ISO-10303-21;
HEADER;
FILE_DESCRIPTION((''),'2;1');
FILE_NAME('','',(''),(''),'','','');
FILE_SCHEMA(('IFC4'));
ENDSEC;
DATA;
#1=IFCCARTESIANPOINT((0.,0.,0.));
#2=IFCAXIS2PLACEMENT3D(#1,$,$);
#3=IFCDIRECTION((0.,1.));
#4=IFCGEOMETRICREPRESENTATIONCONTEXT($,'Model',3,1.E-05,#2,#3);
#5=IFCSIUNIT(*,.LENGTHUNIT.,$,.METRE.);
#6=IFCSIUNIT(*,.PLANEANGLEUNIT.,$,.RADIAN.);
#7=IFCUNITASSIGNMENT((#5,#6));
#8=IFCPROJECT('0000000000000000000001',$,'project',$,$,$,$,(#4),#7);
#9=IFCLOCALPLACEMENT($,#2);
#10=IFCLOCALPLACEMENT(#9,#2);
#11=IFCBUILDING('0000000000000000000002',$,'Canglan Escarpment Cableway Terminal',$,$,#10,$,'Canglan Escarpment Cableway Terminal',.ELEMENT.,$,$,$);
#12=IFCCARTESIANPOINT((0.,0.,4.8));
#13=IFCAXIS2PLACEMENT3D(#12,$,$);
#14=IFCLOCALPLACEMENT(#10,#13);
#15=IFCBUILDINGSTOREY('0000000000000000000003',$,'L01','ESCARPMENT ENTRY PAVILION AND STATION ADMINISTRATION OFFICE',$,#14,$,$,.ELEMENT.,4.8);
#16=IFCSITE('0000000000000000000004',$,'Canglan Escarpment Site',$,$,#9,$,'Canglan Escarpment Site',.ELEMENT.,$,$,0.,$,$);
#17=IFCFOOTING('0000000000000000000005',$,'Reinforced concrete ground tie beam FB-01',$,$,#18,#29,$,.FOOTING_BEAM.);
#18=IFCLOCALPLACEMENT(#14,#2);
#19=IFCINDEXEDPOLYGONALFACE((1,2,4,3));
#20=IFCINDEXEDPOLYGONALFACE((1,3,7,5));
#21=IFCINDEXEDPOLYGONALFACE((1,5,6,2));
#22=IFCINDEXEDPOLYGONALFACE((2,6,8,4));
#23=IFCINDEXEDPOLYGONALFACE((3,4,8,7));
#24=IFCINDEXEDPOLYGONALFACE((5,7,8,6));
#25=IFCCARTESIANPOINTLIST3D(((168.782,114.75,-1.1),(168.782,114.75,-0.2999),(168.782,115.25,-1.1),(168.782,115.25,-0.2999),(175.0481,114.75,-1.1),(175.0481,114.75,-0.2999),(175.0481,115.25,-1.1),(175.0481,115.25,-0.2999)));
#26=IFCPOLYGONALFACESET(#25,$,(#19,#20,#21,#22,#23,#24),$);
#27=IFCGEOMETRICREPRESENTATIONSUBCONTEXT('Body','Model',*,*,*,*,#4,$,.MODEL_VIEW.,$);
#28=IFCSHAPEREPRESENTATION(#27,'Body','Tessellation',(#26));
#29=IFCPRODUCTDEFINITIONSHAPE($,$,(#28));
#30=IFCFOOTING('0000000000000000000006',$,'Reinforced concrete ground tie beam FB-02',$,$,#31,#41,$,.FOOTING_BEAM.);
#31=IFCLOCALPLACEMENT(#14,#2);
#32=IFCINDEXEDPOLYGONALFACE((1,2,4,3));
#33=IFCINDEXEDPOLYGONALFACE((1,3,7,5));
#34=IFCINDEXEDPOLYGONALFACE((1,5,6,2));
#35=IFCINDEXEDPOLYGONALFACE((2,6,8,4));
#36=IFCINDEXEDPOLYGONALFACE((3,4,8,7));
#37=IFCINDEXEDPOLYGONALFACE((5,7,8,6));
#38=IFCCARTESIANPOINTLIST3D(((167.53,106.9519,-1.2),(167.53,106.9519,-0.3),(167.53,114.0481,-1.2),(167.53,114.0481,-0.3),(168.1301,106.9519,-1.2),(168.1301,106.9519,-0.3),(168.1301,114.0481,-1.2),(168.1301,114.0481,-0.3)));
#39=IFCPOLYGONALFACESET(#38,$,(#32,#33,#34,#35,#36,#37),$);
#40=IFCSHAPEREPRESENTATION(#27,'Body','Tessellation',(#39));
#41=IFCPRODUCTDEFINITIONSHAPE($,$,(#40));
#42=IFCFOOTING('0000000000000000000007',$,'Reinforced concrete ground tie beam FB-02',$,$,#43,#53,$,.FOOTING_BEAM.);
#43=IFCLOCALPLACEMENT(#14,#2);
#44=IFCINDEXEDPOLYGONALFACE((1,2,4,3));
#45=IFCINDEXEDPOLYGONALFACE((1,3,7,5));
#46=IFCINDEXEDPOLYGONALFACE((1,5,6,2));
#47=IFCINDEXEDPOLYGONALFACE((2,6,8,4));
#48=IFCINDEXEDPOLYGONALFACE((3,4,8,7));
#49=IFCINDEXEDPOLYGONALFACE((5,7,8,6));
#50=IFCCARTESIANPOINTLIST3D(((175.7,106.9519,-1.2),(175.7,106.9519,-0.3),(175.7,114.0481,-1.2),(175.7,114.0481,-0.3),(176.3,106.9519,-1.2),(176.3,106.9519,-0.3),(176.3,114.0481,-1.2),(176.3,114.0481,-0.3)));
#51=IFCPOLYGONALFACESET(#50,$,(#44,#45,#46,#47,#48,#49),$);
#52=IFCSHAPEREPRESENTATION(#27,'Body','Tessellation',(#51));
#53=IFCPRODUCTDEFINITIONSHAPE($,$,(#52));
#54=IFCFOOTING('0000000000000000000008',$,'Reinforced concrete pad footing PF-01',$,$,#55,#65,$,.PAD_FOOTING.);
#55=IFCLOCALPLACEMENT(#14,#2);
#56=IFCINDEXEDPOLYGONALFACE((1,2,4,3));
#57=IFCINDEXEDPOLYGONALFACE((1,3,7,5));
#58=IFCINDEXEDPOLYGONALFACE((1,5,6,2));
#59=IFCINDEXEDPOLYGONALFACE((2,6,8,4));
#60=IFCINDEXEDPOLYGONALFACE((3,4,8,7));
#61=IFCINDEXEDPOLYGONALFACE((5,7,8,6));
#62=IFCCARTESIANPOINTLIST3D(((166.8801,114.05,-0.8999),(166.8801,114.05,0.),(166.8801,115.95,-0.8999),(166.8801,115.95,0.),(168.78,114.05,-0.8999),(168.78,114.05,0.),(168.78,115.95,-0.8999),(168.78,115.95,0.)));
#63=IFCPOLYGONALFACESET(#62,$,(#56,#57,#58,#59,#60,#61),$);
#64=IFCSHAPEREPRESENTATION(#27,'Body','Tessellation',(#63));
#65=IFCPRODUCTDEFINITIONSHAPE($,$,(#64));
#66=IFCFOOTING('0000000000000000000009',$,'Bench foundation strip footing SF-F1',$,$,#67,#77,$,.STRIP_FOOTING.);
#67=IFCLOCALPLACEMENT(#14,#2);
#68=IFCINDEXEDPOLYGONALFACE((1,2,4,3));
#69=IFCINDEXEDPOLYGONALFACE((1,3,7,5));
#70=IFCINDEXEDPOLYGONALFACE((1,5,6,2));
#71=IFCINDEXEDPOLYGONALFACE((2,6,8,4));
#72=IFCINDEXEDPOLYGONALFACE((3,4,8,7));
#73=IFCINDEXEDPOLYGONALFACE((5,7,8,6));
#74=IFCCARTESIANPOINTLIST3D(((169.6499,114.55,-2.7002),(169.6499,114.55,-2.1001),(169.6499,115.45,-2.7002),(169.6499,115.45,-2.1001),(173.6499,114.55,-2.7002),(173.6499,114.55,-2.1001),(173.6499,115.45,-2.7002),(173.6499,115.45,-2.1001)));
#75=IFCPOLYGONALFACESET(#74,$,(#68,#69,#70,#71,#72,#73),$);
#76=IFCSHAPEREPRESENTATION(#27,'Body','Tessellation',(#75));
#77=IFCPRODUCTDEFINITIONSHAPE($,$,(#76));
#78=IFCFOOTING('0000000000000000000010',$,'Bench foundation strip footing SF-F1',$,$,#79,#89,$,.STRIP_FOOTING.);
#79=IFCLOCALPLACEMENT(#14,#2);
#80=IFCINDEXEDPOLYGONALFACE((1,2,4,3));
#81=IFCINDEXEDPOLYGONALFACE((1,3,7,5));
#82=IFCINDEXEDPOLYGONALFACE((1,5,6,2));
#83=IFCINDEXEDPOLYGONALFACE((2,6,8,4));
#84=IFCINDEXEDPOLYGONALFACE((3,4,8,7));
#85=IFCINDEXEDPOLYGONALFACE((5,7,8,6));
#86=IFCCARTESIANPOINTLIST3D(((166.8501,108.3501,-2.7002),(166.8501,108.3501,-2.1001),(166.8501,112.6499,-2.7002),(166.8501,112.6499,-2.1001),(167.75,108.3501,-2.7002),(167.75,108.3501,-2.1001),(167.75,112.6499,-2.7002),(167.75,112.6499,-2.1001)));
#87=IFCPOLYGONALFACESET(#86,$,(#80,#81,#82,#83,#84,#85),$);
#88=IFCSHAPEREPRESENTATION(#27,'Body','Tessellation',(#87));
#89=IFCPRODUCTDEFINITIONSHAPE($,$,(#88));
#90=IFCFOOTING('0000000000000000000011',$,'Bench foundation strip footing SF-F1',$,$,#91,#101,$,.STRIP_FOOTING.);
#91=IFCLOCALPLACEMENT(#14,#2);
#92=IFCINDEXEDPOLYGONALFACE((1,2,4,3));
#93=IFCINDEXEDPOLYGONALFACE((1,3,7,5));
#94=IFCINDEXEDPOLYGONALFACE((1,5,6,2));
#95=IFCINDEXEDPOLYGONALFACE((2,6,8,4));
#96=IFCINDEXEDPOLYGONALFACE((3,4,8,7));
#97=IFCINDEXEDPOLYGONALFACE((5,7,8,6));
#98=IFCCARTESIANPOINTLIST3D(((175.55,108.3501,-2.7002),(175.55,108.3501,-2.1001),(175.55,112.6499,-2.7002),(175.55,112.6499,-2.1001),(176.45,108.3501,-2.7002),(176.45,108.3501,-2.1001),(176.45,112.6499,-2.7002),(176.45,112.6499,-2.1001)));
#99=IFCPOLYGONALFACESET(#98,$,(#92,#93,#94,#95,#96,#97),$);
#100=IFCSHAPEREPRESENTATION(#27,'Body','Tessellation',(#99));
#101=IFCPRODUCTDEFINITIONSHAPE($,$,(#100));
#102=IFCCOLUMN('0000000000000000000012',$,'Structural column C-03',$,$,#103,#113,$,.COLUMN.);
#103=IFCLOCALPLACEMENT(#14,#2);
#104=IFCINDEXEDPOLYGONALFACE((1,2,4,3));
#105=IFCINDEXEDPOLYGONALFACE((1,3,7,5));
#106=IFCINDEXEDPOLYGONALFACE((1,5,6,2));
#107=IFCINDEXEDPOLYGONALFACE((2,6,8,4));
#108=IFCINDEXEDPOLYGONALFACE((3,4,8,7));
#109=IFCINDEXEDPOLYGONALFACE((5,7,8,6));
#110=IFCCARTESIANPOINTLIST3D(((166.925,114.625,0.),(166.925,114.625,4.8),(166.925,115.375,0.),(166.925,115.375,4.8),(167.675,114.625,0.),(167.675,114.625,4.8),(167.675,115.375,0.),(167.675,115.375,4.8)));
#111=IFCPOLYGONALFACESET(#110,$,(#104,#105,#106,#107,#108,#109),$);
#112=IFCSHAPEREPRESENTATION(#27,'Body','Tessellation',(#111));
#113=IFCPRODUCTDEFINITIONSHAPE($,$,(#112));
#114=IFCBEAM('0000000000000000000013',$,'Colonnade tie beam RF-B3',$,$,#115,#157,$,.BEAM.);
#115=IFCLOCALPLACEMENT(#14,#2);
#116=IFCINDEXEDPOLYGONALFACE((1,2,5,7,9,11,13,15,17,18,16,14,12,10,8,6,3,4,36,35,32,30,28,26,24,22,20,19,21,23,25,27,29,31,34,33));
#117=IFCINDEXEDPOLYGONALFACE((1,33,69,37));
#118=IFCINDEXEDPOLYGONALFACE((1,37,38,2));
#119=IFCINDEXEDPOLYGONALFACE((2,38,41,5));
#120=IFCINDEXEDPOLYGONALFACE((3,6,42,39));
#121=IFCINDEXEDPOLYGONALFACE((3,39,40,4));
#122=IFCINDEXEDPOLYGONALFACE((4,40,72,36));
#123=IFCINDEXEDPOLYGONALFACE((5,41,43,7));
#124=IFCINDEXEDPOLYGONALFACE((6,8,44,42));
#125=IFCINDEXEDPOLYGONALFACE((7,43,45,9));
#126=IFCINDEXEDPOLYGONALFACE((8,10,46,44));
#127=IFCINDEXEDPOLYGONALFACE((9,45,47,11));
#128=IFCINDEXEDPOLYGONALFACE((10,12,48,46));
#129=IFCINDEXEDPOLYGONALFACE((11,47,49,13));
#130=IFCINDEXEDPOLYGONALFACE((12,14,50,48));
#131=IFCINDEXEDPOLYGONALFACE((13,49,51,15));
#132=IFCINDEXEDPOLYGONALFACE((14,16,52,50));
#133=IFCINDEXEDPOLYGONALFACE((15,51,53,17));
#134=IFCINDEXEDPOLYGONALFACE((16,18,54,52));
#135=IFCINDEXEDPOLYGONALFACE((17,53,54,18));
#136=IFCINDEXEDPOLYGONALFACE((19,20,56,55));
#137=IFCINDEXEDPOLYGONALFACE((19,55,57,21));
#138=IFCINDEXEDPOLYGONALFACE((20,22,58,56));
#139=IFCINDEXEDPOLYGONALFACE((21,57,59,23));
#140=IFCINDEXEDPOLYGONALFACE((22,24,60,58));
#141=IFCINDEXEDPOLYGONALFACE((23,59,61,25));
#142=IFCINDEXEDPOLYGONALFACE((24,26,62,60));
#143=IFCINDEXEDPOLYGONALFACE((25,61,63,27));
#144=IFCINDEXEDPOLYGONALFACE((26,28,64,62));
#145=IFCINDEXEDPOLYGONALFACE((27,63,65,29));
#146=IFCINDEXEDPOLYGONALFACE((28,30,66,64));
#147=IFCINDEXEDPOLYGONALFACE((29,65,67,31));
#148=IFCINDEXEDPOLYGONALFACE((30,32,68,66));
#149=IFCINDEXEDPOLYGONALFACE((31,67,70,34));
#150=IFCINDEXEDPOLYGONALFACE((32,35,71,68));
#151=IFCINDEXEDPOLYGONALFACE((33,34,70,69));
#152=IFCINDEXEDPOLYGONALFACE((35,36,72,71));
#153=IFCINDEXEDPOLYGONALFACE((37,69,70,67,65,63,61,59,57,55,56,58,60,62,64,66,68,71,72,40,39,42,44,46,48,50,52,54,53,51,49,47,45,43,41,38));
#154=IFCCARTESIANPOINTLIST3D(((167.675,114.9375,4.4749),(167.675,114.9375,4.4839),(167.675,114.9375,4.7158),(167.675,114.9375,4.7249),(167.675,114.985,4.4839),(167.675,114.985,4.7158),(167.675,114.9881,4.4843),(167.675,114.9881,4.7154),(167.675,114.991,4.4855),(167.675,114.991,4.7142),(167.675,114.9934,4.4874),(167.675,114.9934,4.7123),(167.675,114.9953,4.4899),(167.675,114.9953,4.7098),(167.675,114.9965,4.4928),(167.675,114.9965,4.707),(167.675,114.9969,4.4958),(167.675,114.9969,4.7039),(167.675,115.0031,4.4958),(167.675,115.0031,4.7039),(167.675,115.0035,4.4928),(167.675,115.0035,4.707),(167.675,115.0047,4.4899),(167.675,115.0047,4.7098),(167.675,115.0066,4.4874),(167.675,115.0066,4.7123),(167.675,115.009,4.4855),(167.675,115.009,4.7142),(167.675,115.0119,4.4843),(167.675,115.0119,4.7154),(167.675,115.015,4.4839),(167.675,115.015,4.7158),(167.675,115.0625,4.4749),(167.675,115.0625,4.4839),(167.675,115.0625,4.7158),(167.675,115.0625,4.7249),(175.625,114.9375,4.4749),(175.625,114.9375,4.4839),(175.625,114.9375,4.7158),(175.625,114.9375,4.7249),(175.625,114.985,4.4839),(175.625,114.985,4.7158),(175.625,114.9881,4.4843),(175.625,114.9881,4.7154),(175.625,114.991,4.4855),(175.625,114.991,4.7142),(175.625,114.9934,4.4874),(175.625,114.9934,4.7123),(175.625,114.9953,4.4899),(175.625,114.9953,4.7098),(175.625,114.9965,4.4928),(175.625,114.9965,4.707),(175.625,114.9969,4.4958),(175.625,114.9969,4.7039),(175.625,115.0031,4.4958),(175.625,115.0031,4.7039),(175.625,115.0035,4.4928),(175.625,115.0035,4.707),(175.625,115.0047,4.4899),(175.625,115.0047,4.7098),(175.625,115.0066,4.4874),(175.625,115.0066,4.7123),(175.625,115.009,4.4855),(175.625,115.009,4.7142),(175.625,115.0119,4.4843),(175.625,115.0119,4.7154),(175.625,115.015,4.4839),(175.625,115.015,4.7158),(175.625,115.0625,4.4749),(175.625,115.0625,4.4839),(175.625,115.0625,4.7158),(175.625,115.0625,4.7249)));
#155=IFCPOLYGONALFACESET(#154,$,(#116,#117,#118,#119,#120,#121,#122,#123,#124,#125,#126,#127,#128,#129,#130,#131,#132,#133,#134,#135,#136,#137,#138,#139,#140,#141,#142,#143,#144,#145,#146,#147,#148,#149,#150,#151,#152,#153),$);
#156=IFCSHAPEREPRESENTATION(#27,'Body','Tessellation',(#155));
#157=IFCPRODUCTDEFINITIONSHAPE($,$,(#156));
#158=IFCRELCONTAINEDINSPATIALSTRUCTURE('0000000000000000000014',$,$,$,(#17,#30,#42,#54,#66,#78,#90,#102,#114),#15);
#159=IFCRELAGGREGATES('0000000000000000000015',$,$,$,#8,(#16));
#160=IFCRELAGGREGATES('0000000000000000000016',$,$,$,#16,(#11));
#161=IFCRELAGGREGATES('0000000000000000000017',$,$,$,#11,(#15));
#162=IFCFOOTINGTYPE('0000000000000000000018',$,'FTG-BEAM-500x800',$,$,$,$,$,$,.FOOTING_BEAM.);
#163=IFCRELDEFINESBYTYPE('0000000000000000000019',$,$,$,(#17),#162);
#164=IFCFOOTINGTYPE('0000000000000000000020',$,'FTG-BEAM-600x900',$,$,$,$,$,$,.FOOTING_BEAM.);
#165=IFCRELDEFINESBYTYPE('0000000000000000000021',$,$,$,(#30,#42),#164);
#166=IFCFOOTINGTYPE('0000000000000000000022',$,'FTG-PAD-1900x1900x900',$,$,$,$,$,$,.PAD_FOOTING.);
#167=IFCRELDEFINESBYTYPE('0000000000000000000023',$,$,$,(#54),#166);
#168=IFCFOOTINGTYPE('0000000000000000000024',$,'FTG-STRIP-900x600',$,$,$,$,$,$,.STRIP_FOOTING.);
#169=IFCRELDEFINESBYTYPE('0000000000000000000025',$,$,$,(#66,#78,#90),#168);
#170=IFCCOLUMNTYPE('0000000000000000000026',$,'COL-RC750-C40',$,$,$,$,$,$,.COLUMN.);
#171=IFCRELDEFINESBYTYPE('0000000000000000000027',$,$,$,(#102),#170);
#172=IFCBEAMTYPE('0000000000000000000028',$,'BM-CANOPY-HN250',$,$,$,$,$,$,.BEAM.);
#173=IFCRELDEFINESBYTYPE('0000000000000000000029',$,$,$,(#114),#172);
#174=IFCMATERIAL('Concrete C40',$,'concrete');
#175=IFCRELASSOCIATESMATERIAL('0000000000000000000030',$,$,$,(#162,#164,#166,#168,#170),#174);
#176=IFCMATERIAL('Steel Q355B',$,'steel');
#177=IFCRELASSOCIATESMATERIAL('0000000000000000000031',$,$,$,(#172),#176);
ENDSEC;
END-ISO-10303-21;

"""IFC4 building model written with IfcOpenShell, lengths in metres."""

from ifc_helpers import new_model, si_unit, direction, frame, origin, origin_2d, place, context, subcontext, project, spatial, rectangle, i_section, extrude, material, material_profile, profile_set, type_object, element, save


model = new_model("IFC4")

# Units and contexts
model_context = context("Model", 3, precision=1e-05, world=origin(), true_north=direction((0.0, 1.0)))
body_context = subcontext(model_context, "Body", "Model", "MODEL_VIEW")
ifc_project = project(units=[si_unit("LENGTHUNIT", "METRE"), si_unit("PLANEANGLEUNIT", "RADIAN")], contexts=[model_context])

# Site, building, storey
site_placement = place(None, origin())
site = spatial("IfcSite", under=ifc_project, at=site_placement, Name="Canglan Escarpment Site", LongName="Canglan Escarpment Site", CompositionType="ELEMENT", RefElevation=0.0)
building_placement = place(site_placement, origin())
building = spatial("IfcBuilding", under=site, at=building_placement, Name="Canglan Escarpment Cableway Terminal", LongName="Canglan Escarpment Cableway Terminal", CompositionType="ELEMENT")
storey_placement = place(building_placement, frame((0.0, 0.0, 4.8)))
storey = spatial("IfcBuildingStorey", under=building, at=storey_placement, Name="L01", Description="ESCARPMENT ENTRY PAVILION AND STATION ADMINISTRATION OFFICE", CompositionType="ELEMENT", Elevation=4.8)

# Footings
ifc_material_1 = material(Name="Concrete C40", Category="concrete")
ifc_material_profile_1 = material_profile(ifc_material_1, rectangle(XDim=0.5, YDim=0.8, at=origin_2d()), Name="FB 500x800")
ifc_profile_set_1 = profile_set([ifc_material_profile_1], Name="Concrete C40")
footing_type_1 = type_object("IfcFootingType", Name="FTG-BEAM-500x800", PredefinedType="FOOTING_BEAM", material=ifc_profile_set_1)
footing_1_placement = place(storey_placement, frame((168.782, 115.0, -0.7), z_axis=(1.0, 0.0, 0.0), x_axis=(0.0, 1.0, 0.0)))
element("IfcFooting", 1, at=footing_1_placement, inside=storey, type_object=footing_type_1, Name="Reinforced concrete ground tie beam FB-01", PredefinedType="FOOTING_BEAM", context=body_context, shape_type="SweptSolid", body=[
    extrude(rectangle(XDim=0.5, YDim=0.8, at=origin_2d()), origin(), (0.0, 0.0, 1.0), 6.2661),
])
ifc_material_profile_2 = material_profile(ifc_material_1, rectangle(XDim=0.6001, YDim=0.8999, at=origin_2d()), Name="FB 600x900")
ifc_profile_set_2 = profile_set([ifc_material_profile_2], Name="Concrete C40")
footing_type_2 = type_object("IfcFootingType", Name="FTG-BEAM-600x900", PredefinedType="FOOTING_BEAM", material=ifc_profile_set_2)
for number, where, z_axis, x_axis, name in (
    (2, (167.8301, 106.9519, -0.75), (0.0, 1.0, 0.0), (-1.0, 0.0, 0.0), "Reinforced concrete ground tie beam FB-02"),
    (3, (176.0, 106.9519, -0.75), (0.0, 1.0, 0.0), (-1.0, 0.0, 0.0), "Reinforced concrete ground tie beam FB-02"),
):
    element("IfcFooting", number, at=place(storey_placement, frame(where, z_axis=z_axis, x_axis=x_axis)), inside=storey, type_object=footing_type_2, Name=name, PredefinedType="FOOTING_BEAM", context=body_context, shape_type="SweptSolid", body=[
        extrude(rectangle(XDim=0.6001, YDim=0.8999, at=origin_2d()), origin(), (0.0, 0.0, 1.0), 7.0962),
    ])
footing_type_3 = type_object("IfcFootingType", Name="FTG-PAD-1900x1900x900", PredefinedType="PAD_FOOTING", material=ifc_material_1)
footing_2_placement = place(storey_placement, frame((167.8301, 115.0, -0.8999), z_axis=(0.0, 0.0, 1.0), x_axis=(1.0, 0.0, 0.0)))
element("IfcFooting", 4, at=footing_2_placement, inside=storey, type_object=footing_type_3, Name="Reinforced concrete pad footing PF-01", PredefinedType="PAD_FOOTING", context=body_context, shape_type="SweptSolid", body=[
    extrude(rectangle(XDim=1.8999, YDim=1.8999, at=origin_2d()), origin(), (0.0, 0.0, 1.0), 0.8999),
])
ifc_material_profile_3 = material_profile(ifc_material_1, rectangle(XDim=0.8999, YDim=0.6001, at=origin_2d()), Name="SF 900x600")
ifc_profile_set_3 = profile_set([ifc_material_profile_3], Name="Concrete C40")
footing_type_4 = type_object("IfcFootingType", Name="FTG-STRIP-900x600", PredefinedType="STRIP_FOOTING", material=ifc_profile_set_3)
footing_3_placement = place(storey_placement, frame((169.6499, 115.0, -2.4001), z_axis=(1.0, 0.0, 0.0), x_axis=(0.0, 1.0, 0.0)))
element("IfcFooting", 5, at=footing_3_placement, inside=storey, type_object=footing_type_4, Name="Bench foundation strip footing SF-F1", PredefinedType="STRIP_FOOTING", context=body_context, shape_type="SweptSolid", body=[
    extrude(rectangle(XDim=0.8999, YDim=0.6001, at=origin_2d()), origin(), (0.0, 0.0, 1.0), 4.0),
])
for number, where, z_axis, x_axis, name in (
    (6, (167.3, 108.3501, -2.4001), (0.0, 1.0, 0.0), (-1.0, 0.0, 0.0), "Bench foundation strip footing SF-F1"),
    (7, (176.0, 108.3501, -2.4001), (0.0, 1.0, 0.0), (-1.0, 0.0, 0.0), "Bench foundation strip footing SF-F1"),
):
    element("IfcFooting", number, at=place(storey_placement, frame(where, z_axis=z_axis, x_axis=x_axis)), inside=storey, type_object=footing_type_4, Name=name, PredefinedType="STRIP_FOOTING", context=body_context, shape_type="SweptSolid", body=[
        extrude(rectangle(XDim=0.8999, YDim=0.6001, at=origin_2d()), origin(), (0.0, 0.0, 1.0), 4.2998),
    ])

# Column
ifc_material_profile_4 = material_profile(ifc_material_1, rectangle(XDim=0.75, YDim=0.75, at=origin_2d()), Name="RC 750x750")
ifc_profile_set_4 = profile_set([ifc_material_profile_4], Name="Concrete C40")
column_type = type_object("IfcColumnType", Name="COL-RC750-C40", PredefinedType="COLUMN", material=ifc_profile_set_4)
column_placement = place(storey_placement, frame((167.3, 115.0, 0.0), z_axis=(0.0, 0.0, 1.0), x_axis=(1.0, 0.0, 0.0)))
element("IfcColumn", 8, at=column_placement, inside=storey, type_object=column_type, Name="Structural column C-03", PredefinedType="COLUMN", context=body_context, shape_type="SweptSolid", body=[
    extrude(rectangle(XDim=0.75, YDim=0.75, at=origin_2d()), origin(), (0.0, 0.0, 1.0), 4.8),
])

# Beam
ifc_material_2 = material(Name="Steel Q355B", Category="steel")
ifc_material_profile_5 = material_profile(ifc_material_2, i_section(OverallWidth=0.125, OverallDepth=0.25, WebThickness=0.0061, FlangeThickness=0.009, FilletRadius=0.012, at=origin_2d()), Name="HN 250x125x6x9")
ifc_profile_set_5 = profile_set([ifc_material_profile_5], Name="Steel Q355B")
beam_type = type_object("IfcBeamType", Name="BM-CANOPY-HN250", PredefinedType="BEAM", material=ifc_profile_set_5)
beam_placement = place(storey_placement, frame((167.675, 115.0, 4.5999), z_axis=(1.0, 0.0, 0.0), x_axis=(0.0, 1.0, 0.0)))
element("IfcBeam", 9, at=beam_placement, inside=storey, type_object=beam_type, Name="Colonnade tie beam RF-B3", PredefinedType="BEAM", context=body_context, shape_type="SweptSolid", body=[
    extrude(i_section(OverallWidth=0.125, OverallDepth=0.25, WebThickness=0.0061, FlangeThickness=0.009, FilletRadius=0.012, at=origin_2d()), origin(), (0.0, 0.0, 1.0), 7.95),
])

save(model, "model.ifc")
